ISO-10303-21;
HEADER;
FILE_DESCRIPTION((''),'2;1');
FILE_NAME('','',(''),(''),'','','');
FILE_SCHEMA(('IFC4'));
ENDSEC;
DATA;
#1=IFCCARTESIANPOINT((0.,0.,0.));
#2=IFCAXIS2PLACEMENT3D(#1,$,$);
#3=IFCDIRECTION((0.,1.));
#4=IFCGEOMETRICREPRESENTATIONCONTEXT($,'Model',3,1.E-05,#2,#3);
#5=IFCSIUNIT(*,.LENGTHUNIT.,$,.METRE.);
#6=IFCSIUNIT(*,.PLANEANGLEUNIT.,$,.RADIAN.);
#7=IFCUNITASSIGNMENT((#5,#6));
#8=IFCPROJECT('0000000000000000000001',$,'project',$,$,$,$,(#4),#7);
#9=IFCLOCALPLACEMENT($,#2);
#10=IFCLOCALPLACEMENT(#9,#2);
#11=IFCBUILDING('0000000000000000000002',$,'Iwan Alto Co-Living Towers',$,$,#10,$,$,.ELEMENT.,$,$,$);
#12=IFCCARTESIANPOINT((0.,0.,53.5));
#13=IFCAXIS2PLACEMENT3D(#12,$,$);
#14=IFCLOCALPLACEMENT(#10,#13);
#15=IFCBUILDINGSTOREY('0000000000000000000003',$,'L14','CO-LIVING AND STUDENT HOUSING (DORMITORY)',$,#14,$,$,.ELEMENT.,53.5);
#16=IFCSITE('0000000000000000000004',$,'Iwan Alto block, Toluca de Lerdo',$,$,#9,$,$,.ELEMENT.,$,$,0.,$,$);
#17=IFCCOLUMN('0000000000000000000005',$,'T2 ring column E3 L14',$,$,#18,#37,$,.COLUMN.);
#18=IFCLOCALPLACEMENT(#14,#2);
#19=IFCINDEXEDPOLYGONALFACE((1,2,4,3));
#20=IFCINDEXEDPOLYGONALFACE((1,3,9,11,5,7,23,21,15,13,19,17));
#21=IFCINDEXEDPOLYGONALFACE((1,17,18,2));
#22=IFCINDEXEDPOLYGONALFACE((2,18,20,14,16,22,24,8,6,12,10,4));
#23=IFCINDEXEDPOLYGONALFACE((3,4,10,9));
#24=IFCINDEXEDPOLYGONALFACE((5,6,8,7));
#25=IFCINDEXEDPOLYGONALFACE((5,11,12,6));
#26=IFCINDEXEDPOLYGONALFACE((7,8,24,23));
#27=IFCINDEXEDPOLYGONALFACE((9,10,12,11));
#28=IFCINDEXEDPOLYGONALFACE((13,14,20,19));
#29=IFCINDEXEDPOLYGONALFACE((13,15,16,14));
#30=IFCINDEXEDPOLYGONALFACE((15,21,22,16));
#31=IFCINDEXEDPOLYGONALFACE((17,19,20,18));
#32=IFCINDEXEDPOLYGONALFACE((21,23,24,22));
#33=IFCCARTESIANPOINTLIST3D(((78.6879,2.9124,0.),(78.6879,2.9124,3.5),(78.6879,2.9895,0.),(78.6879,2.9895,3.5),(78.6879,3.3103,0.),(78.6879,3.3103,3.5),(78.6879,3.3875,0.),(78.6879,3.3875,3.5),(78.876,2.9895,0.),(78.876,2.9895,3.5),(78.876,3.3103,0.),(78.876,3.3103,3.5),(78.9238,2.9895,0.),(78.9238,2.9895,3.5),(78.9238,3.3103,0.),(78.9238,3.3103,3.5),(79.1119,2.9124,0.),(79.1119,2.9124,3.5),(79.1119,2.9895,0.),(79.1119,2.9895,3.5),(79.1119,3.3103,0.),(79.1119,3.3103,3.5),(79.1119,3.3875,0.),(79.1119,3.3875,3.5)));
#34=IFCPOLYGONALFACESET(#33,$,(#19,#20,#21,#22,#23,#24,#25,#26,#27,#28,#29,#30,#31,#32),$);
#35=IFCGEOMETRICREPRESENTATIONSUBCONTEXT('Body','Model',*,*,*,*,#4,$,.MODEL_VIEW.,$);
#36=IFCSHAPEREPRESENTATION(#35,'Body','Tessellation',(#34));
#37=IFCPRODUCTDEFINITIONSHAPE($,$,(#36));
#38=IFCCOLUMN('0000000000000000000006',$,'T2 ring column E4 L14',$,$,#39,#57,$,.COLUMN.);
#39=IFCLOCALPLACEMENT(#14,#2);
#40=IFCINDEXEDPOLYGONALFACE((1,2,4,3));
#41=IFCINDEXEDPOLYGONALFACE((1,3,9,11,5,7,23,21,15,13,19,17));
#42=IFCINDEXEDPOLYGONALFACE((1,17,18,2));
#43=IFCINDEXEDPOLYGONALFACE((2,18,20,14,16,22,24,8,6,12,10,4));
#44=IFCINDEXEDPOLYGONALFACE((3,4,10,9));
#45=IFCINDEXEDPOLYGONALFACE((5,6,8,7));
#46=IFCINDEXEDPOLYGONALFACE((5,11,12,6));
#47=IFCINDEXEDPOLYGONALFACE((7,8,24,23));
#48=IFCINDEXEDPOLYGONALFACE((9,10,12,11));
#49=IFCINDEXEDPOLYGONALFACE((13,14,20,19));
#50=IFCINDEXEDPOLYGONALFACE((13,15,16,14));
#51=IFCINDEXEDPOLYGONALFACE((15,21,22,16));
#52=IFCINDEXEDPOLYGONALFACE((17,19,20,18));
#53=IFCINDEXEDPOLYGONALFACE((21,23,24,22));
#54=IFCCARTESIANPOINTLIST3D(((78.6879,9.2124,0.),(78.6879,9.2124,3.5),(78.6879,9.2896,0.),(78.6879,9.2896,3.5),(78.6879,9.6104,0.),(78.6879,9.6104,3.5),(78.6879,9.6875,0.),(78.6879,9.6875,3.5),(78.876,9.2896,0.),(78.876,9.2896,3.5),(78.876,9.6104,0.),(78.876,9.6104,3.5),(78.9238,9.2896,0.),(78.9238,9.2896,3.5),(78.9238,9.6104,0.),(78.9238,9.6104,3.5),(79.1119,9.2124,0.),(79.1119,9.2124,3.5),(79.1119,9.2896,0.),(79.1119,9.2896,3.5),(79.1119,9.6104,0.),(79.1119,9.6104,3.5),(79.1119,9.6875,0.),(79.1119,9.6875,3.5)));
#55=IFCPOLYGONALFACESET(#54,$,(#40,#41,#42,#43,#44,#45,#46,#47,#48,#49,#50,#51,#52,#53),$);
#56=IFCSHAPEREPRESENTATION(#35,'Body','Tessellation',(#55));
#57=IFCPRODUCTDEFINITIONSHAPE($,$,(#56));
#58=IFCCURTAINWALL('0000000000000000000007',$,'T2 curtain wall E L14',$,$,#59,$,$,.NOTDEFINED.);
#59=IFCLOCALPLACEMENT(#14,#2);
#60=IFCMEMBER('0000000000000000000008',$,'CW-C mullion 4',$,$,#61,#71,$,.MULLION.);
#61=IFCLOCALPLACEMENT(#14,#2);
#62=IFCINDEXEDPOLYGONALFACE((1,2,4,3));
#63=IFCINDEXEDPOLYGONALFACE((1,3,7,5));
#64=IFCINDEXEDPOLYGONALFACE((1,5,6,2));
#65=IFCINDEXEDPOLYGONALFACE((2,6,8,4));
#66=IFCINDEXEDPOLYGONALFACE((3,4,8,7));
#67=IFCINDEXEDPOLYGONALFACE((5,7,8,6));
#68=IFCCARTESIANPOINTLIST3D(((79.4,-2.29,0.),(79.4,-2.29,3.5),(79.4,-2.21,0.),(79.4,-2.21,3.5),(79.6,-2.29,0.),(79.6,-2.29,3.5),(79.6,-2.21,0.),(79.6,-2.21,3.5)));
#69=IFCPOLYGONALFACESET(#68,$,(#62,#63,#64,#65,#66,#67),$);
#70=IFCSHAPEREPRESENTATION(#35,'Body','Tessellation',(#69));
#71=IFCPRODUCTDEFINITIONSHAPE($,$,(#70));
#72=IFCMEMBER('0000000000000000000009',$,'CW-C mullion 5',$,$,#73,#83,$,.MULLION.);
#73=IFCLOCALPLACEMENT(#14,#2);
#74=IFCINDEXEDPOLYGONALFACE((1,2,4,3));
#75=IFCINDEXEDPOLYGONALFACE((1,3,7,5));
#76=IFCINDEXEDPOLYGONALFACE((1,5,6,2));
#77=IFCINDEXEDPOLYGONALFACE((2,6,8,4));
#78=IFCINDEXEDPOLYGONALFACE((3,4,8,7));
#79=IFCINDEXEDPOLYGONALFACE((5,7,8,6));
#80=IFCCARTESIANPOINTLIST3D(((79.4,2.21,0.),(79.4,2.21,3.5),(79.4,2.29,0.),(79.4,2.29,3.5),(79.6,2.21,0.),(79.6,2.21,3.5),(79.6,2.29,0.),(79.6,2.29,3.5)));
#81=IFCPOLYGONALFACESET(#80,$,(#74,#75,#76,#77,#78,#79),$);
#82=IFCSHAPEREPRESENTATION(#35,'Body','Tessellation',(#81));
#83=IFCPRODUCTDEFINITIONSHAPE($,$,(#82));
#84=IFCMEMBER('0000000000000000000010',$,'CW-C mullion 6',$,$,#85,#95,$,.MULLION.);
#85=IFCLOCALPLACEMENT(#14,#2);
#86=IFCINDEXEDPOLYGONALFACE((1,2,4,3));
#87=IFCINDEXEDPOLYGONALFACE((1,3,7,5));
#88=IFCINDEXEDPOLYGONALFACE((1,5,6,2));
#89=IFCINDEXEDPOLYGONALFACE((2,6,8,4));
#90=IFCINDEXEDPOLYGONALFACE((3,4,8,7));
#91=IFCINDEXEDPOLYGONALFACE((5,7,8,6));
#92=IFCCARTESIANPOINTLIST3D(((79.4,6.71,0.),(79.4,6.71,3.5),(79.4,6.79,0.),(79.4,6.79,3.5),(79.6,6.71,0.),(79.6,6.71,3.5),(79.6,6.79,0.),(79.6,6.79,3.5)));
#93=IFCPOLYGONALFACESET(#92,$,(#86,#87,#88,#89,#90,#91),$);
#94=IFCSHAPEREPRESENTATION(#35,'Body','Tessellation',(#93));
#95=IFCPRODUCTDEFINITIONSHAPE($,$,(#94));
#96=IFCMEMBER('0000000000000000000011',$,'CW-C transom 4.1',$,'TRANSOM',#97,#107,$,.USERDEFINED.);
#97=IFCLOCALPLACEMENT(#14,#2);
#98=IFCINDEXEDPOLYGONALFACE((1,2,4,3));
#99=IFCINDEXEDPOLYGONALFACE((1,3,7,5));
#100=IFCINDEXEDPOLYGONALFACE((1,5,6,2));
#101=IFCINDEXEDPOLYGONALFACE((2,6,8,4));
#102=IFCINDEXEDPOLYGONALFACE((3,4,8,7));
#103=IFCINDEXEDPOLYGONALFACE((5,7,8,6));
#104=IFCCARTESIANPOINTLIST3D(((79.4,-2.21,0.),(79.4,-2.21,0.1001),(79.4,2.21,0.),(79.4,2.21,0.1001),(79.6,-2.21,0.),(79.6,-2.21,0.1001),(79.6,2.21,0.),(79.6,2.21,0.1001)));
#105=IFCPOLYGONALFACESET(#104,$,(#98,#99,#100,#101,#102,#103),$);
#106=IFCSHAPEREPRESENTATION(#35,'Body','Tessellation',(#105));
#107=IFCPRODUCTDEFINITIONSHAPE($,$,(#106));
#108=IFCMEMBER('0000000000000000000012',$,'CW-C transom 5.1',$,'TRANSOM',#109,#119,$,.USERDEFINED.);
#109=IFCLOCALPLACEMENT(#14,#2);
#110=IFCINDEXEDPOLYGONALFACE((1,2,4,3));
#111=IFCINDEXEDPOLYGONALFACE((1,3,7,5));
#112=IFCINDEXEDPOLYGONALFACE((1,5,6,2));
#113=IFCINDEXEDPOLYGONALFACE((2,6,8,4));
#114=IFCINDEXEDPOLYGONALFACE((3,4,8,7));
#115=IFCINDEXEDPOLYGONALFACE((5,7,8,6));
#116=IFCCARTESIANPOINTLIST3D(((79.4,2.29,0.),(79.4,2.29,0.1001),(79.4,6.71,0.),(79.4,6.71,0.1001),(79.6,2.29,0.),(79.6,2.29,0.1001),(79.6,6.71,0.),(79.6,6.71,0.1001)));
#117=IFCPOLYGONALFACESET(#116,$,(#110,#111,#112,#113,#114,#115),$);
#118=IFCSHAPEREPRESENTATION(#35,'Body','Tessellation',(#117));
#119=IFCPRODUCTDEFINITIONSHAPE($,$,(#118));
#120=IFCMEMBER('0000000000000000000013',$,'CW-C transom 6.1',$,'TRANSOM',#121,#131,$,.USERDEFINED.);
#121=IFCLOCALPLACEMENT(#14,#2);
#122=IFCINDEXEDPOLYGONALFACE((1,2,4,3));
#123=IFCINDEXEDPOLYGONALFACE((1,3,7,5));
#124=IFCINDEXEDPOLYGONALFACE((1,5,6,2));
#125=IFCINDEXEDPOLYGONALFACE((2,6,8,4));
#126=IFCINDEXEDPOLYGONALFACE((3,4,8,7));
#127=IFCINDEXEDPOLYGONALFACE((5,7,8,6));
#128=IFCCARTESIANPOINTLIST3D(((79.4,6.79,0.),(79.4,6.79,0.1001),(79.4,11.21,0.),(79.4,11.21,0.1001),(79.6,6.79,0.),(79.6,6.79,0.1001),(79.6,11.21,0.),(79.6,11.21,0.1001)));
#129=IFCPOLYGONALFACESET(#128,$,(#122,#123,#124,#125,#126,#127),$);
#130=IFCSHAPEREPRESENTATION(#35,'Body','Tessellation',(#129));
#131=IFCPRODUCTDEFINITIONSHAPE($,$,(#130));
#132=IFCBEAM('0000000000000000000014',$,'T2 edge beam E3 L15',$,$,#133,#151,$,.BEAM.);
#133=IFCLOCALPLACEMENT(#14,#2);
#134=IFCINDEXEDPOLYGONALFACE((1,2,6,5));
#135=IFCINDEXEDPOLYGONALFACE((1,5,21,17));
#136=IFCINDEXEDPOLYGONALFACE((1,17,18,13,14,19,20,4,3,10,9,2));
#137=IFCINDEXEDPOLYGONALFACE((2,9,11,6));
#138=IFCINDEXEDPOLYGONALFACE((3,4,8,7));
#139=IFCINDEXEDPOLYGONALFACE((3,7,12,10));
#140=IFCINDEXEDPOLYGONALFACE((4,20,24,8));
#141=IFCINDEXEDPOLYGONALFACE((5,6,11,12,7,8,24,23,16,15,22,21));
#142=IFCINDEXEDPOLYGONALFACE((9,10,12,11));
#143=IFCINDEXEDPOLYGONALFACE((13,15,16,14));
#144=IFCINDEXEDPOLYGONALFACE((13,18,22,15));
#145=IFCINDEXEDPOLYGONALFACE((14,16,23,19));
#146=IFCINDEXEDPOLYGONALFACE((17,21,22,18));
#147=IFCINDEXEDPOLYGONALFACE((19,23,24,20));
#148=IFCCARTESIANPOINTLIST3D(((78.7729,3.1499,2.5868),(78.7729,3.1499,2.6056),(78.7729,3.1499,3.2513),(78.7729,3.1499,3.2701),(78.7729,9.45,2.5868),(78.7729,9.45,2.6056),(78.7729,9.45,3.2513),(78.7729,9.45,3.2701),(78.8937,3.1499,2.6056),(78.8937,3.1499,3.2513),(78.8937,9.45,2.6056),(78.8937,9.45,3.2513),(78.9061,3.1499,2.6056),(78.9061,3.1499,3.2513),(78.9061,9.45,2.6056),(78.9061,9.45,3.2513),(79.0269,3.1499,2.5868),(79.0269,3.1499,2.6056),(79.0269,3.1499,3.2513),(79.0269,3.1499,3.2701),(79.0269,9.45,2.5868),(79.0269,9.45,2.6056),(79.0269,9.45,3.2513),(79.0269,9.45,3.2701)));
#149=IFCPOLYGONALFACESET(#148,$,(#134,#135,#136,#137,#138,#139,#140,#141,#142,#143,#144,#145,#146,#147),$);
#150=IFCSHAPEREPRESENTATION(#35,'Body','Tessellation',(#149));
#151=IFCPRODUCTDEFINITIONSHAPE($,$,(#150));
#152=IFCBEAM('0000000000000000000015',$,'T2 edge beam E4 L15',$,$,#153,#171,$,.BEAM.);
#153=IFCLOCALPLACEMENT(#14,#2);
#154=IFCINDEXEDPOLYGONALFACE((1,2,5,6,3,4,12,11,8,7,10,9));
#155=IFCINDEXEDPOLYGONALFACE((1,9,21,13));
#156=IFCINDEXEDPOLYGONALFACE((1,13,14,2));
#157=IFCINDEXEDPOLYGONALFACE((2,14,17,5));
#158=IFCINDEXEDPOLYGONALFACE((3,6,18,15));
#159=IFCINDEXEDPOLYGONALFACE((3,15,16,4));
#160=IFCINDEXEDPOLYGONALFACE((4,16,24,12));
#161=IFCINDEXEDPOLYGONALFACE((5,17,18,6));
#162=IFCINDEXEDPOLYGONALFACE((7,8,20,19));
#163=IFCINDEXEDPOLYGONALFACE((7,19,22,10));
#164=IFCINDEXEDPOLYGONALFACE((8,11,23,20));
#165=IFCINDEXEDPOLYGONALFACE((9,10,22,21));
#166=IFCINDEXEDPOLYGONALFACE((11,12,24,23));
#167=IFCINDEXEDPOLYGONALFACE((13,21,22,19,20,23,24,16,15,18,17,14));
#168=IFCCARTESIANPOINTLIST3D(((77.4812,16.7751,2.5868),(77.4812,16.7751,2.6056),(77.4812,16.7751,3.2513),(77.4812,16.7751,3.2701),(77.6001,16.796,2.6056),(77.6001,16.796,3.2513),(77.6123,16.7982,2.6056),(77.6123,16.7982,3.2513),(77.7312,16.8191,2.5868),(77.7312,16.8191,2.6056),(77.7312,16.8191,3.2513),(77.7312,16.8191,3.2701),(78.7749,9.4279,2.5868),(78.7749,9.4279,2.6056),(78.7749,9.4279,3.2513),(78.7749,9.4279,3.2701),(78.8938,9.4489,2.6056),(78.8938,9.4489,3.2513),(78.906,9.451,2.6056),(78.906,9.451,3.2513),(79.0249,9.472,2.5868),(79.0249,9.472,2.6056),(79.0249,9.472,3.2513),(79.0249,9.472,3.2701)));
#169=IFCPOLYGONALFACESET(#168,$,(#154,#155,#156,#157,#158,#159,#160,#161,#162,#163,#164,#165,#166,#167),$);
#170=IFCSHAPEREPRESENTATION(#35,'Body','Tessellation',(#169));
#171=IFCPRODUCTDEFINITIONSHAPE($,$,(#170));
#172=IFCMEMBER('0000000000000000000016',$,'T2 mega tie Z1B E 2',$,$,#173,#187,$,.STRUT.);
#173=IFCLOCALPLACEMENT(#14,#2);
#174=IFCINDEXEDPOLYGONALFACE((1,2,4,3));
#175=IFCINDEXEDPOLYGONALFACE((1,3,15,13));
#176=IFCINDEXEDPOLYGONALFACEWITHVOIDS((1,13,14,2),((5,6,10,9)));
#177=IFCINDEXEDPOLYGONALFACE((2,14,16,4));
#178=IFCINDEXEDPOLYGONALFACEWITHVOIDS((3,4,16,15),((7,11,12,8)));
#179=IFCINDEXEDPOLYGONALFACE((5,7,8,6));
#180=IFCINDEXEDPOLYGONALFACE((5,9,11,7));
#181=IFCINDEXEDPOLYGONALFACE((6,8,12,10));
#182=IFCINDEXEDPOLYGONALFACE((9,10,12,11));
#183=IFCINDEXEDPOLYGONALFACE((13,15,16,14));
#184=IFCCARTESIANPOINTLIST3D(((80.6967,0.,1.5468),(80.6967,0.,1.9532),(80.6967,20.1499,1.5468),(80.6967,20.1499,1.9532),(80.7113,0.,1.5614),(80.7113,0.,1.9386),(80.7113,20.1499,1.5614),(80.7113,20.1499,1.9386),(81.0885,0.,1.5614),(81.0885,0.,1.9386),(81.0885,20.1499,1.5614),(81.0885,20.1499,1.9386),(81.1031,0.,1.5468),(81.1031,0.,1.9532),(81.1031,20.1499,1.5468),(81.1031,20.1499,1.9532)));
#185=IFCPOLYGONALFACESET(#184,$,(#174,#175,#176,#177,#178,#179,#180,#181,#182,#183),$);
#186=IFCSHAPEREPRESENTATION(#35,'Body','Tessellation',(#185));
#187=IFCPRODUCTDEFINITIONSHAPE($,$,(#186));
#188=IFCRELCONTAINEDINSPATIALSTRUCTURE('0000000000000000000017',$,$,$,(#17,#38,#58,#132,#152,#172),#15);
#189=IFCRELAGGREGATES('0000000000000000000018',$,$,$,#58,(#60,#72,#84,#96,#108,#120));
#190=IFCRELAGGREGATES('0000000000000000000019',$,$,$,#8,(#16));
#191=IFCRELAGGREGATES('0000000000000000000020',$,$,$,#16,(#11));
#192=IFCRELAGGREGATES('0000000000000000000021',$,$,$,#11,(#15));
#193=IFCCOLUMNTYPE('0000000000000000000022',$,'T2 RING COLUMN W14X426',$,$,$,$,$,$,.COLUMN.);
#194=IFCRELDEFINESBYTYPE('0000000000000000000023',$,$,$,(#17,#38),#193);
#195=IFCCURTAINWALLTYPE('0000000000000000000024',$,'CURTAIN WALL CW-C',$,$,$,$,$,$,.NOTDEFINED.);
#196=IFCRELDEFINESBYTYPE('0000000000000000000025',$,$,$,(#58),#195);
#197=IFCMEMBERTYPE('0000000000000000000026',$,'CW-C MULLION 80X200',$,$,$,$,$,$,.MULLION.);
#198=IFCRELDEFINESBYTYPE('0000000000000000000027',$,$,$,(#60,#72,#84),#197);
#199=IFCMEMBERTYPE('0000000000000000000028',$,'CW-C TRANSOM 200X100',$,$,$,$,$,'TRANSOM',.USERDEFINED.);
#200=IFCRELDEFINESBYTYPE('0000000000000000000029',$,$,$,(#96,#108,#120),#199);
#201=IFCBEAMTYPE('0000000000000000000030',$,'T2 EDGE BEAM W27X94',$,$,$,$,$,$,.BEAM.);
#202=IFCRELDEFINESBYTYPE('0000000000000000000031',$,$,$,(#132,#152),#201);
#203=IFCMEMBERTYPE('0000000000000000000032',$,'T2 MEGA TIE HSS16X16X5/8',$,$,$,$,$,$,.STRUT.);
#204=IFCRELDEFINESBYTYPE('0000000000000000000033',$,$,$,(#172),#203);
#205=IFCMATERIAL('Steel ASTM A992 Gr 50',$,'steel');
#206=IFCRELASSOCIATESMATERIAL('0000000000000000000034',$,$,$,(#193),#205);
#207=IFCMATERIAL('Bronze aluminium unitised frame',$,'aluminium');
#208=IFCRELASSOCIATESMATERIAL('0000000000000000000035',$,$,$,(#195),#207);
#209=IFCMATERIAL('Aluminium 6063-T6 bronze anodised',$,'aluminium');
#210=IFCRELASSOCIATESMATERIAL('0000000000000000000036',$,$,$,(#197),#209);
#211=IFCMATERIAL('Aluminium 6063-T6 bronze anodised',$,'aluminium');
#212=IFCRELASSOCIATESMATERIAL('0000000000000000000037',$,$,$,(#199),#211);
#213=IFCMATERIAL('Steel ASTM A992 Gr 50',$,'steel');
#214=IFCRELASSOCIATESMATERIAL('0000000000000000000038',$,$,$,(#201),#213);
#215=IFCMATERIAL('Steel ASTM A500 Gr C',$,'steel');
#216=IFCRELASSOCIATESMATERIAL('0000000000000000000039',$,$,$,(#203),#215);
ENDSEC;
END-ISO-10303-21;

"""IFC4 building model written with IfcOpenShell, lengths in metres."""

from ifc_helpers import new_model, si_unit, direction, frame, origin, origin_2d, place, context, subcontext, project, spatial, rectangle, hollow_rectangle, i_section, extrude, material, material_profile, profile_set, type_object, element, aggregate, save


model = new_model("IFC4")

# Units and contexts
model_context = context("Model", 3, precision=1e-05, world=origin(), true_north=direction((0.0, 1.0)))
body_context = subcontext(model_context, "Body", "Model", "MODEL_VIEW")
ifc_project = project(units=[si_unit("LENGTHUNIT", "METRE"), si_unit("PLANEANGLEUNIT", "RADIAN")], contexts=[model_context])

# Site, building, storey
site_placement = place(None, origin())
site = spatial("IfcSite", under=ifc_project, at=site_placement, Name="Iwan Alto block, Toluca de Lerdo", CompositionType="ELEMENT", RefElevation=0.0)
building_placement = place(site_placement, origin())
building = spatial("IfcBuilding", under=site, at=building_placement, Name="Iwan Alto Co-Living Towers", CompositionType="ELEMENT")
storey_placement = place(building_placement, frame((0.0, 0.0, 53.5)))
storey = spatial("IfcBuildingStorey", under=building, at=storey_placement, Name="L14", Description="CO-LIVING AND STUDENT HOUSING (DORMITORY)", CompositionType="ELEMENT", Elevation=53.5)

# Columns
ifc_material_1 = material(Name="Steel ASTM A992 Gr 50", Category="steel")
ifc_material_profile_1 = material_profile(ifc_material_1, i_section(OverallWidth=0.4241, OverallDepth=0.4751, WebThickness=0.0479, FlangeThickness=0.0771, at=origin_2d()), Name="W14X426")
ifc_profile_set_1 = profile_set([ifc_material_profile_1], Name="Steel ASTM A992 Gr 50")
column_type = type_object("IfcColumnType", Name="T2 RING COLUMN W14X426", PredefinedType="COLUMN", material=ifc_profile_set_1)
for number, where, z_axis, x_axis, name in (
    (1, (78.8999, 3.1499, 0.0), (0.0, 0.0, 1.0), (1.0, 0.0, 0.0), "T2 ring column E3 L14"),
    (2, (78.8999, 9.45, 0.0), (0.0, 0.0, 1.0), (1.0, 0.0, 0.0), "T2 ring column E4 L14"),
):
    element("IfcColumn", number, at=place(storey_placement, frame(where, z_axis=z_axis, x_axis=x_axis)), inside=storey, type_object=column_type, Name=name, PredefinedType="COLUMN", context=body_context, shape_type="SweptSolid", body=[
        extrude(i_section(OverallWidth=0.4241, OverallDepth=0.4751, WebThickness=0.0479, FlangeThickness=0.0771, at=origin_2d()), origin(), (0.0, 0.0, 1.0), 3.5),
    ])

# Curtain wall, members
ifc_material_2 = material(Name="Bronze aluminium unitised frame", Category="aluminium")
curtain_wall_type = type_object("IfcCurtainWallType", Name="CURTAIN WALL CW-C", PredefinedType="NOTDEFINED", material=ifc_material_2)
curtain_wall_placement = place(storey_placement, origin())
curtain_wall = element("IfcCurtainWall", 3, at=curtain_wall_placement, inside=storey, type_object=curtain_wall_type, Name="T2 curtain wall E L14", PredefinedType="NOTDEFINED")
ifc_material_3 = material(Name="Aluminium 6063-T6 bronze anodised", Category="aluminium")
ifc_material_profile_2 = material_profile(ifc_material_3, rectangle(XDim=0.2, YDim=0.0801, at=origin_2d()), Name="AL 80X200")
ifc_profile_set_2 = profile_set([ifc_material_profile_2], Name="Aluminium 6063-T6 bronze anodised")
member_type_1 = type_object("IfcMemberType", Name="CW-C MULLION 80X200", PredefinedType="MULLION", material=ifc_profile_set_2)
member_1_placement = place(storey_placement, frame((79.5, -2.25, 0.0), z_axis=(0.0, 0.0, 1.0), x_axis=(-1.0, 0.0, 0.0)))
member_1 = element("IfcMember", 4, at=member_1_placement, type_object=member_type_1, Name="CW-C mullion 4", PredefinedType="MULLION", context=body_context, shape_type="SweptSolid", body=[
    extrude(rectangle(XDim=0.2, YDim=0.0801, at=origin_2d()), origin(), (0.0, 0.0, 1.0), 3.5),
])
member_2_placement = place(storey_placement, frame((79.5, 2.25, 0.0), z_axis=(0.0, 0.0, 1.0), x_axis=(-1.0, 0.0, 0.0)))
member_2 = element("IfcMember", 5, at=member_2_placement, type_object=member_type_1, Name="CW-C mullion 5", PredefinedType="MULLION", context=body_context, shape_type="SweptSolid", body=[
    extrude(rectangle(XDim=0.2, YDim=0.0801, at=origin_2d()), origin(), (0.0, 0.0, 1.0), 3.5),
])
member_3_placement = place(storey_placement, frame((79.5, 6.75, 0.0), z_axis=(0.0, 0.0, 1.0), x_axis=(-1.0, 0.0, 0.0)))
member_3 = element("IfcMember", 6, at=member_3_placement, type_object=member_type_1, Name="CW-C mullion 6", PredefinedType="MULLION", context=body_context, shape_type="SweptSolid", body=[
    extrude(rectangle(XDim=0.2, YDim=0.0801, at=origin_2d()), origin(), (0.0, 0.0, 1.0), 3.5),
])
ifc_material_4 = material(Name="Aluminium 6063-T6 bronze anodised", Category="aluminium")
ifc_material_profile_3 = material_profile(ifc_material_4, rectangle(XDim=0.2, YDim=0.1001, at=origin_2d()), Name="AL 200X100")
ifc_profile_set_3 = profile_set([ifc_material_profile_3], Name="Aluminium 6063-T6 bronze anodised")
member_type_2 = type_object("IfcMemberType", Name="CW-C TRANSOM 200X100", ElementType="TRANSOM", PredefinedType="USERDEFINED", material=ifc_profile_set_3)
member_4_placement = place(storey_placement, frame((79.5, -2.21, 0.05), z_axis=(0.0, 1.0, 0.0), x_axis=(-1.0, 0.0, 0.0)))
member_4 = element("IfcMember", 7, at=member_4_placement, type_object=member_type_2, Name="CW-C transom 4.1", ObjectType="TRANSOM", PredefinedType="USERDEFINED", context=body_context, shape_type="SweptSolid", body=[
    extrude(rectangle(XDim=0.2, YDim=0.1001, at=origin_2d()), origin(), (0.0, 0.0, 1.0), 4.4199),
])
member_5_placement = place(storey_placement, frame((79.5, 2.29, 0.05), z_axis=(0.0, 1.0, 0.0), x_axis=(-1.0, 0.0, 0.0)))
member_5 = element("IfcMember", 8, at=member_5_placement, type_object=member_type_2, Name="CW-C transom 5.1", ObjectType="TRANSOM", PredefinedType="USERDEFINED", context=body_context, shape_type="SweptSolid", body=[
    extrude(rectangle(XDim=0.2, YDim=0.1001, at=origin_2d()), origin(), (0.0, 0.0, 1.0), 4.4199),
])
member_6_placement = place(storey_placement, frame((79.5, 6.79, 0.05), z_axis=(0.0, 1.0, 0.0), x_axis=(-1.0, 0.0, 0.0)))
member_6 = element("IfcMember", 9, at=member_6_placement, type_object=member_type_2, Name="CW-C transom 6.1", ObjectType="TRANSOM", PredefinedType="USERDEFINED", context=body_context, shape_type="SweptSolid", body=[
    extrude(rectangle(XDim=0.2, YDim=0.1001, at=origin_2d()), origin(), (0.0, 0.0, 1.0), 4.4199),
])

# Beams
ifc_material_5 = material(Name="Steel ASTM A992 Gr 50", Category="steel")
ifc_material_profile_4 = material_profile(ifc_material_5, i_section(OverallWidth=0.2539, OverallDepth=0.6833, WebThickness=0.0125, FlangeThickness=0.0188, at=origin_2d()), Name="W27X94")
ifc_profile_set_4 = profile_set([ifc_material_profile_4], Name="Steel ASTM A992 Gr 50")
beam_type_1 = type_object("IfcBeamType", Name="T2 EDGE BEAM W27X94", PredefinedType="BEAM", material=ifc_profile_set_4)
beam_1_placement = place(storey_placement, frame((78.8999, 3.1499, 2.9285), z_axis=(0.0, 1.0, 0.0), x_axis=(-1.0, 0.0, 0.0)))
element("IfcBeam", 10, at=beam_1_placement, inside=storey, type_object=beam_type_1, Name="T2 edge beam E3 L15", PredefinedType="BEAM", context=body_context, shape_type="SweptSolid", body=[
    extrude(i_section(OverallWidth=0.2539, OverallDepth=0.6833, WebThickness=0.0125, FlangeThickness=0.0188, at=origin_2d()), origin(), (0.0, 0.0, 1.0), 6.3),
])
beam_2_placement = place(storey_placement, frame((78.8999, 9.45, 2.9285), z_axis=(-0.173414, 0.984849, 0.0), x_axis=(-0.984849, -0.173414, 0.0)))
element("IfcBeam", 11, at=beam_2_placement, inside=storey, type_object=beam_type_1, Name="T2 edge beam E4 L15", PredefinedType="BEAM", context=body_context, shape_type="SweptSolid", body=[
    extrude(i_section(OverallWidth=0.2539, OverallDepth=0.6833, WebThickness=0.0125, FlangeThickness=0.0188, at=origin_2d()), origin(), (0.0, 0.0, 1.0), 7.4602),
])

# Member
ifc_material_6 = material(Name="Steel ASTM A500 Gr C", Category="steel")
ifc_material_profile_5 = material_profile(ifc_material_6, hollow_rectangle(XDim=0.4065, YDim=0.4065, WallThickness=0.0146, at=origin_2d()), Name="HSS16X16X5/8")
ifc_profile_set_5 = profile_set([ifc_material_profile_5], Name="Steel ASTM A500 Gr C")
member_type_3 = type_object("IfcMemberType", Name="T2 MEGA TIE HSS16X16X5/8", PredefinedType="STRUT", material=ifc_profile_set_5)
member_7_placement = place(storey_placement, frame((80.8999, 0.0, 1.75), z_axis=(0.0, 1.0, 0.0), x_axis=(-1.0, 0.0, 0.0)))
element("IfcMember", 12, at=member_7_placement, inside=storey, type_object=member_type_3, Name="T2 mega tie Z1B E 2", PredefinedType="STRUT", context=body_context, shape_type="SweptSolid", body=[
    extrude(hollow_rectangle(XDim=0.4065, YDim=0.4065, WallThickness=0.0146, at=origin_2d()), origin(), (0.0, 0.0, 1.0), 20.1499),
])

aggregate(curtain_wall, [member_1, member_2, member_3, member_4, member_5, member_6])

save(model, "model.ifc")
